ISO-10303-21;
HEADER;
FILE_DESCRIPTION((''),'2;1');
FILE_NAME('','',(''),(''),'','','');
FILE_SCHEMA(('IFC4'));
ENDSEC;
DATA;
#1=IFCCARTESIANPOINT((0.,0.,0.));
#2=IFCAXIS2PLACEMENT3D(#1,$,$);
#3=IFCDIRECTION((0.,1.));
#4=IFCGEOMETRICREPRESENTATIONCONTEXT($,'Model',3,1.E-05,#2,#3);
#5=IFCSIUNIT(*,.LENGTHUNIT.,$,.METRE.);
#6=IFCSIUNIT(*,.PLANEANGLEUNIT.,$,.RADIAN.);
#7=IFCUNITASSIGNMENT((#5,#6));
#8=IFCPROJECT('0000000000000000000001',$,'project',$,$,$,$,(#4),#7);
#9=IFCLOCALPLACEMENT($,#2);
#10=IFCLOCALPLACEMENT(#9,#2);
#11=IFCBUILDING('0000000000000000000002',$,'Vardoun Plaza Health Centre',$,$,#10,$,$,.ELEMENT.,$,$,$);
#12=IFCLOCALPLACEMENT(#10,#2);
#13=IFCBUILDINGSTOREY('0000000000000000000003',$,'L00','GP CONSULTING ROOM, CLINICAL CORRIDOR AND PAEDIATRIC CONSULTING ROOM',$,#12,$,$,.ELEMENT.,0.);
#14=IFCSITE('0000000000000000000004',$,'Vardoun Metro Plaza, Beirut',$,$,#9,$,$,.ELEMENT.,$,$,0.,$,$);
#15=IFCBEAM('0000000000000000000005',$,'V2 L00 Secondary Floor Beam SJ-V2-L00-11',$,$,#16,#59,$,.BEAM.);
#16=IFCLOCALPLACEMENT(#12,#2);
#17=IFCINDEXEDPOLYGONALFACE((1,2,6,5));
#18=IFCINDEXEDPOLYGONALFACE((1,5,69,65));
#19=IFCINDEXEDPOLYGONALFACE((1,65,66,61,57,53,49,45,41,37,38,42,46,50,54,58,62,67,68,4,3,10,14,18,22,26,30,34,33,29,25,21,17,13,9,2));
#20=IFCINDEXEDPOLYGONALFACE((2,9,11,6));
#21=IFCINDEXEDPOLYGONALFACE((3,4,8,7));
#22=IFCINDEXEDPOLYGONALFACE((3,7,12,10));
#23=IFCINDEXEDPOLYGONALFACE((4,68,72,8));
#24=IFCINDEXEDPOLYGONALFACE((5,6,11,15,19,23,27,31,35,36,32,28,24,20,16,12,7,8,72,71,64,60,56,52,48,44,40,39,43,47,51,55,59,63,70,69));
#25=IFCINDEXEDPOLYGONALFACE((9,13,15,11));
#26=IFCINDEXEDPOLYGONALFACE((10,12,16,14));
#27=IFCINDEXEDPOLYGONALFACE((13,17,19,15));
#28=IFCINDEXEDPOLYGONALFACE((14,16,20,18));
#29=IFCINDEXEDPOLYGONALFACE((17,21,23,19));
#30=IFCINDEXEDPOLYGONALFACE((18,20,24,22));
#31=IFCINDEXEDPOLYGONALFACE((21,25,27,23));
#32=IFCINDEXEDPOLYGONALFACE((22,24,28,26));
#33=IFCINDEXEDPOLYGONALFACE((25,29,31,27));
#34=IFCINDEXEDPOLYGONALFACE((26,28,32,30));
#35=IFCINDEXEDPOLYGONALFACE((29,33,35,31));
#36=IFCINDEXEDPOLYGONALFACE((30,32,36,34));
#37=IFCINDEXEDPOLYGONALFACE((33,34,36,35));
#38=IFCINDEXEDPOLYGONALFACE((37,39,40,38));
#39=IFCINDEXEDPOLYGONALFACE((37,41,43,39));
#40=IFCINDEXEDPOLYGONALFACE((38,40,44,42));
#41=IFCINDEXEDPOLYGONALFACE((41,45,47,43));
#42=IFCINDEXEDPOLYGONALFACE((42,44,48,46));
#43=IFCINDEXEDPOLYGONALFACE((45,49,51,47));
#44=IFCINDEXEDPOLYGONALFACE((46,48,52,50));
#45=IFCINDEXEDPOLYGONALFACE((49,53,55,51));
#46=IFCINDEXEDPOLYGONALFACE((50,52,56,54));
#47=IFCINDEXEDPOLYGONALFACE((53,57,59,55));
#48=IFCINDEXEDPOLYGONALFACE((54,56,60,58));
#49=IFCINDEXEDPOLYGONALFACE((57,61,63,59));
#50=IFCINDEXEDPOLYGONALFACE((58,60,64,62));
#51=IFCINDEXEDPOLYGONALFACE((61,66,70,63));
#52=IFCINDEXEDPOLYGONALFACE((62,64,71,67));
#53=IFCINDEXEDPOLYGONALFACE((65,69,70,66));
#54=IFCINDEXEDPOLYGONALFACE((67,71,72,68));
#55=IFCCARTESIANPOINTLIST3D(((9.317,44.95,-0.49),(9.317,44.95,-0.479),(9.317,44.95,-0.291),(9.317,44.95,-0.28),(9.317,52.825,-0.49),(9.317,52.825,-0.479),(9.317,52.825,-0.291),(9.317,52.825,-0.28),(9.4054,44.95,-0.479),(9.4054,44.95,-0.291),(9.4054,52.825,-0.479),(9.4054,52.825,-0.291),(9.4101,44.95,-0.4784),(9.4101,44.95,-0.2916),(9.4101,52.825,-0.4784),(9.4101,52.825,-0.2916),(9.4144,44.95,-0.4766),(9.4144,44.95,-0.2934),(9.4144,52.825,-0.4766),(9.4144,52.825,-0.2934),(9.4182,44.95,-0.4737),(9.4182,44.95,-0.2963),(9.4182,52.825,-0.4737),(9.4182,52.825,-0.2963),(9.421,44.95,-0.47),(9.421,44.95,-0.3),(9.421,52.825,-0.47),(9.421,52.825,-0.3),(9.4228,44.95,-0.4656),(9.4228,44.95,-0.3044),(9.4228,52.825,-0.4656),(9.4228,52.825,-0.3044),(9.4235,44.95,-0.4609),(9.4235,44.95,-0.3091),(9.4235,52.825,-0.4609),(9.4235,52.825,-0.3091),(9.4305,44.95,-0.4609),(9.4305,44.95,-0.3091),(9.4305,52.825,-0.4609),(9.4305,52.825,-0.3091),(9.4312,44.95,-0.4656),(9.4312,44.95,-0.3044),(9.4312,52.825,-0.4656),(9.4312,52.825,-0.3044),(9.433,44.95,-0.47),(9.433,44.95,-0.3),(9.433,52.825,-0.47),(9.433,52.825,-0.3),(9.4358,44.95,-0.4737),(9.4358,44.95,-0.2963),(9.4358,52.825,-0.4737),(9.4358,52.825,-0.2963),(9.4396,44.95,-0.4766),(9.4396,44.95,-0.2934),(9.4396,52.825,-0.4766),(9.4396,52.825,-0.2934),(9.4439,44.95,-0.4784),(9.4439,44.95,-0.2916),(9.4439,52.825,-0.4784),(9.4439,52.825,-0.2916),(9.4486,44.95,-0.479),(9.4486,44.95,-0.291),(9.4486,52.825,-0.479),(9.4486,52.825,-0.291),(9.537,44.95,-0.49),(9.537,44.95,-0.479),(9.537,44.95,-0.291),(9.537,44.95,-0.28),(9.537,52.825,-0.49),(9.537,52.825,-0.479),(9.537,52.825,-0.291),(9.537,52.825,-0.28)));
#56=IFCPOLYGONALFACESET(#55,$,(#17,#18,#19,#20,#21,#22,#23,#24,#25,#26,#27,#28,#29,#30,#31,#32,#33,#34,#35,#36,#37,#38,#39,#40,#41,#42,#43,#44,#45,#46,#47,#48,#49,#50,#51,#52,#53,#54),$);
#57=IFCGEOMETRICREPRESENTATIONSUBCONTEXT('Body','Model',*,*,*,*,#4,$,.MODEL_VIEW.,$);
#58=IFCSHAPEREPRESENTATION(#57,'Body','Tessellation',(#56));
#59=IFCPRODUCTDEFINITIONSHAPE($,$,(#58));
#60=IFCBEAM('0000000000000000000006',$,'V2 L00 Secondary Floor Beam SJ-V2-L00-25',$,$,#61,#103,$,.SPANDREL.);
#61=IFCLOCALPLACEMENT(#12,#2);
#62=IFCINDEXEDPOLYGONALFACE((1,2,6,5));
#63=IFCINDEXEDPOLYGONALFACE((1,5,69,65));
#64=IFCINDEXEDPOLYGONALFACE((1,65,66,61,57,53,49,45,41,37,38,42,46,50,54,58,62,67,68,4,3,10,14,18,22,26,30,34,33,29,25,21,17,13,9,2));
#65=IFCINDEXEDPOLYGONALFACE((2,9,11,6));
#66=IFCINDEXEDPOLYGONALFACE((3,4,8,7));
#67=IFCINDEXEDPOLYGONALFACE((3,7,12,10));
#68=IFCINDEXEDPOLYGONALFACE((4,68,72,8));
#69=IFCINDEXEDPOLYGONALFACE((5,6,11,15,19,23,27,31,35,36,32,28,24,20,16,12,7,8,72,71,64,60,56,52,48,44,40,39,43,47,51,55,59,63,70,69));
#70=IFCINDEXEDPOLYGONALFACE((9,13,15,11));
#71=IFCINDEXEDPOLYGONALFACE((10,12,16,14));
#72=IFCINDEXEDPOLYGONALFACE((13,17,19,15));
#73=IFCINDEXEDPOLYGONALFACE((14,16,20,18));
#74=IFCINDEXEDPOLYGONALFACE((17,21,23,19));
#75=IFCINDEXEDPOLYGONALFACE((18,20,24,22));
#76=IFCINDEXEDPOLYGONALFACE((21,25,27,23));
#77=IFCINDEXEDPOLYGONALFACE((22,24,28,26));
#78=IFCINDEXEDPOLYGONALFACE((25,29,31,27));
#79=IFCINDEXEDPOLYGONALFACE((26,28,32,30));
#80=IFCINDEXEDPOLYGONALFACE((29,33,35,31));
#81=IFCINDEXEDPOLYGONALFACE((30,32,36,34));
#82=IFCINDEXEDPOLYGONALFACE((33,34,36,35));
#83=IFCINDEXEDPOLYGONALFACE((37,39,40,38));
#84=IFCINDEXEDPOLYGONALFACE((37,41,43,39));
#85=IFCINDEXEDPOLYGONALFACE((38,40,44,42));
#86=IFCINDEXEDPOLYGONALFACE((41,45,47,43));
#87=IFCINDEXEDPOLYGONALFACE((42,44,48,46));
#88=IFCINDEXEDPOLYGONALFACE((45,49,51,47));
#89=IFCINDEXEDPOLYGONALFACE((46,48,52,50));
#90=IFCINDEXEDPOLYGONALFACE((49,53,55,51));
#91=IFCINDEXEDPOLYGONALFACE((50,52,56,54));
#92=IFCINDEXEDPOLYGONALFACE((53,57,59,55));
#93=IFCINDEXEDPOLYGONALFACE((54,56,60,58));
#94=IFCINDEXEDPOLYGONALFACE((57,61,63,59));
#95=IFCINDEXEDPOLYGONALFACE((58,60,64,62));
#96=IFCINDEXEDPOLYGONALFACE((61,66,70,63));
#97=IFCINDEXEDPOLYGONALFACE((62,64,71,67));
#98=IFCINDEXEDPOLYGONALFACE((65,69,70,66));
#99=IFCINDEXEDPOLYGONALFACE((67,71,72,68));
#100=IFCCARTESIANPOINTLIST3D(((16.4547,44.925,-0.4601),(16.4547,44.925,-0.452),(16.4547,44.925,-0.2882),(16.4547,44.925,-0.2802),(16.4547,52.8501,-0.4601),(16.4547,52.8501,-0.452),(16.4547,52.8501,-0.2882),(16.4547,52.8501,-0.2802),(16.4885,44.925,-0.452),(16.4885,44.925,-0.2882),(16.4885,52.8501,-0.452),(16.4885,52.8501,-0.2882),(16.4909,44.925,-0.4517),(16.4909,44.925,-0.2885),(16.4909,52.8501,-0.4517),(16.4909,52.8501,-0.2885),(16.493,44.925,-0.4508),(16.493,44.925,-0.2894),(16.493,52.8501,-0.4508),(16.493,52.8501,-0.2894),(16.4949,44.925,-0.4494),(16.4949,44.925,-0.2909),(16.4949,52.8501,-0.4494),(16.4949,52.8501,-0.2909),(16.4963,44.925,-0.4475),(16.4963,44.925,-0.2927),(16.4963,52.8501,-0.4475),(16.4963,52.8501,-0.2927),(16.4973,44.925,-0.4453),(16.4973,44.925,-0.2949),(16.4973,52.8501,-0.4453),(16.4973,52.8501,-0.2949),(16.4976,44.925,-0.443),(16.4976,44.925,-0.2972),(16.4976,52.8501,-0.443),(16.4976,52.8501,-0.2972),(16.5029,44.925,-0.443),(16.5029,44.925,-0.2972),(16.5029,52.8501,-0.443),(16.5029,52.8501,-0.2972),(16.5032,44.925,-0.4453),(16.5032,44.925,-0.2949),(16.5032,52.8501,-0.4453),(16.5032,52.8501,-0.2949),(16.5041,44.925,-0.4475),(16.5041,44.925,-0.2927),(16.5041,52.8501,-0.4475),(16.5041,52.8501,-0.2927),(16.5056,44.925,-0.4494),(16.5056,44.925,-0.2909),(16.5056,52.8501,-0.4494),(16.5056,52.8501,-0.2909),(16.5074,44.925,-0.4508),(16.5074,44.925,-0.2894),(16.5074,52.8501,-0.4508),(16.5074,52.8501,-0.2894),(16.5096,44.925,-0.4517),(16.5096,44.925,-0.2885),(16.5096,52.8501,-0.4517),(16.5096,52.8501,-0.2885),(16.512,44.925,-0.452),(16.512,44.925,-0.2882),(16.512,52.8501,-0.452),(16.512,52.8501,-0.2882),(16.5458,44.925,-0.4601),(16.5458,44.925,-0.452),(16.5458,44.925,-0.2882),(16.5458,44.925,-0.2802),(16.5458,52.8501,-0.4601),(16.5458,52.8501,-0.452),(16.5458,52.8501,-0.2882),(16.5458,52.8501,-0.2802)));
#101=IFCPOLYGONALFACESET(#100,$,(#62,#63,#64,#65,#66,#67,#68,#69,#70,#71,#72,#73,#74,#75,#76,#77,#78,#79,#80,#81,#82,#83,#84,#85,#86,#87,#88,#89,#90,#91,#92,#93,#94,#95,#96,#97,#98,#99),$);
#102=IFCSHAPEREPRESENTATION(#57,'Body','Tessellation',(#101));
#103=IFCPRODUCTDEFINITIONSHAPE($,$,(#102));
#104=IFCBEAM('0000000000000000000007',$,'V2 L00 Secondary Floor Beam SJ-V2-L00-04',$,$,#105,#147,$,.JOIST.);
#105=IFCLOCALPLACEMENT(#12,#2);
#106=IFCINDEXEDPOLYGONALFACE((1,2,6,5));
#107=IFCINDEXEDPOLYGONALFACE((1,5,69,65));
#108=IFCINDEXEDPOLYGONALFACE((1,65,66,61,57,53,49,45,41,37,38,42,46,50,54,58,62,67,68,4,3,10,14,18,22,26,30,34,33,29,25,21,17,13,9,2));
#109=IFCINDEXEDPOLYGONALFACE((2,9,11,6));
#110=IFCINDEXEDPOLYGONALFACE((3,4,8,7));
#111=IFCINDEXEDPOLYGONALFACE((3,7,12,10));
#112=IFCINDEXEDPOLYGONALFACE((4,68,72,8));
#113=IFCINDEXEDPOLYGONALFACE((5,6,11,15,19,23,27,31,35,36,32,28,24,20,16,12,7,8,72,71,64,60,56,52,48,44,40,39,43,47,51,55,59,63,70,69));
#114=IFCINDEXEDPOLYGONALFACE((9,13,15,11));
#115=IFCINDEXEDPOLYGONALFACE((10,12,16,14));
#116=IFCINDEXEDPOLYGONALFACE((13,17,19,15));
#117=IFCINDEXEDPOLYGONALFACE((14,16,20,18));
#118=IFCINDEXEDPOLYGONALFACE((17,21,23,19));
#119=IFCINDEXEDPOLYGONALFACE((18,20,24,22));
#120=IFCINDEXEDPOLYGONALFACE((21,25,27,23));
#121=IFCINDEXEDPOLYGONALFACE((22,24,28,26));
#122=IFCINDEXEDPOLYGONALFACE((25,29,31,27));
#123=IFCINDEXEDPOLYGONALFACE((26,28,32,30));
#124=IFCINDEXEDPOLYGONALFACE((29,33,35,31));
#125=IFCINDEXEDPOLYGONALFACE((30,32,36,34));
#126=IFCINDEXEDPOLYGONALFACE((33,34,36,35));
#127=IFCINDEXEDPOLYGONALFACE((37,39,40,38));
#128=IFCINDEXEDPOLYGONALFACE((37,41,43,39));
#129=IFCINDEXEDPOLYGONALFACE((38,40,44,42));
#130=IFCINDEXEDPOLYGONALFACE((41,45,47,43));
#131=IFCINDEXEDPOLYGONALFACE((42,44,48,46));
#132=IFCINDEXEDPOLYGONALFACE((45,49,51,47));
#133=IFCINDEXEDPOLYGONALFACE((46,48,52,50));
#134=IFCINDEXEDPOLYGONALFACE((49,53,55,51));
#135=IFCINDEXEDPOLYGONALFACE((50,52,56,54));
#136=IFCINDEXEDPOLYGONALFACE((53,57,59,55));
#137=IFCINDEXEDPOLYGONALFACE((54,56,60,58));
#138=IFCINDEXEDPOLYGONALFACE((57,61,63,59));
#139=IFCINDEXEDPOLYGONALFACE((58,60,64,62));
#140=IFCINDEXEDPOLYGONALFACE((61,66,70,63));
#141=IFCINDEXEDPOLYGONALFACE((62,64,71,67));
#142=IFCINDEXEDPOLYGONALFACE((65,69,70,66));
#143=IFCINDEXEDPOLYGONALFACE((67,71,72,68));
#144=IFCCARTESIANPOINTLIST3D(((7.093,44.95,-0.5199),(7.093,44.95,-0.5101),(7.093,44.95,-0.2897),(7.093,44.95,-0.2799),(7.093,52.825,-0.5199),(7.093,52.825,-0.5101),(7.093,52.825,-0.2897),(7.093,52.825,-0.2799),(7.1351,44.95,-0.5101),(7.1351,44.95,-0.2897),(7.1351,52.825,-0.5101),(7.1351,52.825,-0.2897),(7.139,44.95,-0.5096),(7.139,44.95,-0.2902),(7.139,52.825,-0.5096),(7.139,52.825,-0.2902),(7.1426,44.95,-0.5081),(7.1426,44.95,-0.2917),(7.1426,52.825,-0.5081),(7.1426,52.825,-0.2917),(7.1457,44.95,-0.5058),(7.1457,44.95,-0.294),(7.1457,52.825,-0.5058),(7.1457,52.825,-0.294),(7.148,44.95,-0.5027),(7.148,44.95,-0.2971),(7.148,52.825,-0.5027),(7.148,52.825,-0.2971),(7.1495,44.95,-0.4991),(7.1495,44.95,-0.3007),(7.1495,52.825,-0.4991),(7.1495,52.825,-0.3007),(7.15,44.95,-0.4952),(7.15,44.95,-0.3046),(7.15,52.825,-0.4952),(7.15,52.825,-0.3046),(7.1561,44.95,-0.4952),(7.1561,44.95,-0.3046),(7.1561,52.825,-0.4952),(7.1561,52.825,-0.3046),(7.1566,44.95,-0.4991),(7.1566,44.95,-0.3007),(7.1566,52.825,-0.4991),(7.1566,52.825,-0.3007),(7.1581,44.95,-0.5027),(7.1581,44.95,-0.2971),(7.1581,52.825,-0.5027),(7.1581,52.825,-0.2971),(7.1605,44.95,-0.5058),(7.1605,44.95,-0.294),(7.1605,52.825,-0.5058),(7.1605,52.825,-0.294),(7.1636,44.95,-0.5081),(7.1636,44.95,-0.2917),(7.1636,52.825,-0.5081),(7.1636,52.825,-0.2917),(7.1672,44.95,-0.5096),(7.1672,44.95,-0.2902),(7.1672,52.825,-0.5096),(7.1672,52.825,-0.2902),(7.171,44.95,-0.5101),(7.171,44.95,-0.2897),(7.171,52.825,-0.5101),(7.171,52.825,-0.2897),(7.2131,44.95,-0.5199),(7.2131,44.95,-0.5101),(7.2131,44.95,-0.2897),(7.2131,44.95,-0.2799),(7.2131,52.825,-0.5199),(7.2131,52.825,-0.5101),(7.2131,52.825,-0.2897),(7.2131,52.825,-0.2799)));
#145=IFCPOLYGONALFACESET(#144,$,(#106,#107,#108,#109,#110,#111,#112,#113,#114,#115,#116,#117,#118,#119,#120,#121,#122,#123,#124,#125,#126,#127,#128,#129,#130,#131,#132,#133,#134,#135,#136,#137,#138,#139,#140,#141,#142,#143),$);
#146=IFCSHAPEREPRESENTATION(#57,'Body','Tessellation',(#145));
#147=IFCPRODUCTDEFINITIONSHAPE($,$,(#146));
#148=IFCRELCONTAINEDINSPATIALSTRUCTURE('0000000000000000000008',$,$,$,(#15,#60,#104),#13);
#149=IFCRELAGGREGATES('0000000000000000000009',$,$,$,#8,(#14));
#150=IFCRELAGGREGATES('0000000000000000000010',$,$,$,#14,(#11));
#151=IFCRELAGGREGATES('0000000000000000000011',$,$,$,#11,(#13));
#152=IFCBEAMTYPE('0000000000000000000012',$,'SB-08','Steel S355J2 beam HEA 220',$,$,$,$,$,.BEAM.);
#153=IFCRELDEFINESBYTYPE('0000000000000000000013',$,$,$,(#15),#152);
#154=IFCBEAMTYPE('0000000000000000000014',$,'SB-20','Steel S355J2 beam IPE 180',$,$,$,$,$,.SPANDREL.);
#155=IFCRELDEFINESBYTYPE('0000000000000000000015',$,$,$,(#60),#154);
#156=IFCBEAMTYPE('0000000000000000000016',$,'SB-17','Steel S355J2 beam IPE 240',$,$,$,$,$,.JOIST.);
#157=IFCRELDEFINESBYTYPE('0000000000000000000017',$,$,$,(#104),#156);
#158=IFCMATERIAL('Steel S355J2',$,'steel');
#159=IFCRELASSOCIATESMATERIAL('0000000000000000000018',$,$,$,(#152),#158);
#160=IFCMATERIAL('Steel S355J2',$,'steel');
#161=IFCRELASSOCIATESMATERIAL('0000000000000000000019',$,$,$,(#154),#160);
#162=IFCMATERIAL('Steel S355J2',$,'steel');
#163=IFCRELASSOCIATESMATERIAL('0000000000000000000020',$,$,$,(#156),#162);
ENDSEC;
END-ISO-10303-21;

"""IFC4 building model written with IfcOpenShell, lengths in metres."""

from ifc_helpers import new_model, si_unit, direction, frame, origin, origin_2d, place, context, subcontext, project, spatial, i_section, extrude, material, material_profile, profile_set, type_object, element, save


model = new_model("IFC4")

# Units and contexts
model_context = context("Model", 3, precision=1e-05, world=origin(), true_north=direction((0.0, 1.0)))
body_context = subcontext(model_context, "Body", "Model", "MODEL_VIEW")
ifc_project = project(units=[si_unit("LENGTHUNIT", "METRE"), si_unit("PLANEANGLEUNIT", "RADIAN")], contexts=[model_context])

# Site, building, storey
site_placement = place(None, origin())
site = spatial("IfcSite", under=ifc_project, at=site_placement, Name="Vardoun Metro Plaza, Beirut", CompositionType="ELEMENT", RefElevation=0.0)
building_placement = place(site_placement, origin())
building = spatial("IfcBuilding", under=site, at=building_placement, Name="Vardoun Plaza Health Centre", CompositionType="ELEMENT")
storey_placement = place(building_placement, origin())
storey = spatial("IfcBuildingStorey", under=building, at=storey_placement, Name="L00", Description="GP CONSULTING ROOM, CLINICAL CORRIDOR AND PAEDIATRIC CONSULTING ROOM", CompositionType="ELEMENT", Elevation=0.0)

# Beams
ifc_material_1 = material(Name="Steel S355J2", Category="steel")
ifc_material_profile_1 = material_profile(ifc_material_1, i_section(OverallWidth=0.22, OverallDepth=0.21, WebThickness=0.0071, FlangeThickness=0.011, FilletRadius=0.0181, at=origin_2d()), Name="HEA 220")
ifc_profile_set_1 = profile_set([ifc_material_profile_1], Name="Steel S355J2")
beam_type_1 = type_object("IfcBeamType", Name="SB-08", Description="Steel S355J2 beam HEA 220", PredefinedType="BEAM", material=ifc_profile_set_1)
beam_1_placement = place(storey_placement, frame((9.427, 44.95, -0.385), z_axis=(0.0, 1.0, 0.0), x_axis=(-1.0, 0.0, 0.0)))
element("IfcBeam", 1, at=beam_1_placement, inside=storey, type_object=beam_type_1, Name="V2 L00 Secondary Floor Beam SJ-V2-L00-11", PredefinedType="BEAM", context=body_context, shape_type="SweptSolid", body=[
    extrude(i_section(OverallWidth=0.22, OverallDepth=0.21, WebThickness=0.0071, FlangeThickness=0.011, FilletRadius=0.0181, at=origin_2d()), origin(), (0.0, 0.0, 1.0), 7.875),
])
ifc_material_2 = material(Name="Steel S355J2", Category="steel")
ifc_material_profile_2 = material_profile(ifc_material_2, i_section(OverallWidth=0.0911, OverallDepth=0.1799, WebThickness=0.0054, FlangeThickness=0.0081, FilletRadius=0.009, at=origin_2d()), Name="IPE 180")
ifc_profile_set_2 = profile_set([ifc_material_profile_2], Name="Steel S355J2")
beam_type_2 = type_object("IfcBeamType", Name="SB-20", Description="Steel S355J2 beam IPE 180", PredefinedType="SPANDREL", material=ifc_profile_set_2)
beam_2_placement = place(storey_placement, frame((16.5002, 44.925, -0.3701), z_axis=(0.0, 1.0, 0.0), x_axis=(-1.0, 0.0, 0.0)))
element("IfcBeam", 2, at=beam_2_placement, inside=storey, type_object=beam_type_2, Name="V2 L00 Secondary Floor Beam SJ-V2-L00-25", PredefinedType="SPANDREL", context=body_context, shape_type="SweptSolid", body=[
    extrude(i_section(OverallWidth=0.0911, OverallDepth=0.1799, WebThickness=0.0054, FlangeThickness=0.0081, FilletRadius=0.009, at=origin_2d()), origin(), (0.0, 0.0, 1.0), 7.925),
])
ifc_material_3 = material(Name="Steel S355J2", Category="steel")
ifc_material_profile_3 = material_profile(ifc_material_3, i_section(OverallWidth=0.1201, OverallDepth=0.24, WebThickness=0.0061, FlangeThickness=0.0098, FilletRadius=0.0149, at=origin_2d()), Name="IPE 240")
ifc_profile_set_3 = profile_set([ifc_material_profile_3], Name="Steel S355J2")
beam_type_3 = type_object("IfcBeamType", Name="SB-17", Description="Steel S355J2 beam IPE 240", PredefinedType="JOIST", material=ifc_profile_set_3)
beam_3_placement = place(storey_placement, frame((7.1531, 44.95, -0.3999), z_axis=(0.0, 1.0, 0.0), x_axis=(-1.0, 0.0, 0.0)))
element("IfcBeam", 3, at=beam_3_placement, inside=storey, type_object=beam_type_3, Name="V2 L00 Secondary Floor Beam SJ-V2-L00-04", PredefinedType="JOIST", context=body_context, shape_type="SweptSolid", body=[
    extrude(i_section(OverallWidth=0.1201, OverallDepth=0.24, WebThickness=0.0061, FlangeThickness=0.0098, FilletRadius=0.0149, at=origin_2d()), origin(), (0.0, 0.0, 1.0), 7.875),
])

save(model, "model.ifc")
